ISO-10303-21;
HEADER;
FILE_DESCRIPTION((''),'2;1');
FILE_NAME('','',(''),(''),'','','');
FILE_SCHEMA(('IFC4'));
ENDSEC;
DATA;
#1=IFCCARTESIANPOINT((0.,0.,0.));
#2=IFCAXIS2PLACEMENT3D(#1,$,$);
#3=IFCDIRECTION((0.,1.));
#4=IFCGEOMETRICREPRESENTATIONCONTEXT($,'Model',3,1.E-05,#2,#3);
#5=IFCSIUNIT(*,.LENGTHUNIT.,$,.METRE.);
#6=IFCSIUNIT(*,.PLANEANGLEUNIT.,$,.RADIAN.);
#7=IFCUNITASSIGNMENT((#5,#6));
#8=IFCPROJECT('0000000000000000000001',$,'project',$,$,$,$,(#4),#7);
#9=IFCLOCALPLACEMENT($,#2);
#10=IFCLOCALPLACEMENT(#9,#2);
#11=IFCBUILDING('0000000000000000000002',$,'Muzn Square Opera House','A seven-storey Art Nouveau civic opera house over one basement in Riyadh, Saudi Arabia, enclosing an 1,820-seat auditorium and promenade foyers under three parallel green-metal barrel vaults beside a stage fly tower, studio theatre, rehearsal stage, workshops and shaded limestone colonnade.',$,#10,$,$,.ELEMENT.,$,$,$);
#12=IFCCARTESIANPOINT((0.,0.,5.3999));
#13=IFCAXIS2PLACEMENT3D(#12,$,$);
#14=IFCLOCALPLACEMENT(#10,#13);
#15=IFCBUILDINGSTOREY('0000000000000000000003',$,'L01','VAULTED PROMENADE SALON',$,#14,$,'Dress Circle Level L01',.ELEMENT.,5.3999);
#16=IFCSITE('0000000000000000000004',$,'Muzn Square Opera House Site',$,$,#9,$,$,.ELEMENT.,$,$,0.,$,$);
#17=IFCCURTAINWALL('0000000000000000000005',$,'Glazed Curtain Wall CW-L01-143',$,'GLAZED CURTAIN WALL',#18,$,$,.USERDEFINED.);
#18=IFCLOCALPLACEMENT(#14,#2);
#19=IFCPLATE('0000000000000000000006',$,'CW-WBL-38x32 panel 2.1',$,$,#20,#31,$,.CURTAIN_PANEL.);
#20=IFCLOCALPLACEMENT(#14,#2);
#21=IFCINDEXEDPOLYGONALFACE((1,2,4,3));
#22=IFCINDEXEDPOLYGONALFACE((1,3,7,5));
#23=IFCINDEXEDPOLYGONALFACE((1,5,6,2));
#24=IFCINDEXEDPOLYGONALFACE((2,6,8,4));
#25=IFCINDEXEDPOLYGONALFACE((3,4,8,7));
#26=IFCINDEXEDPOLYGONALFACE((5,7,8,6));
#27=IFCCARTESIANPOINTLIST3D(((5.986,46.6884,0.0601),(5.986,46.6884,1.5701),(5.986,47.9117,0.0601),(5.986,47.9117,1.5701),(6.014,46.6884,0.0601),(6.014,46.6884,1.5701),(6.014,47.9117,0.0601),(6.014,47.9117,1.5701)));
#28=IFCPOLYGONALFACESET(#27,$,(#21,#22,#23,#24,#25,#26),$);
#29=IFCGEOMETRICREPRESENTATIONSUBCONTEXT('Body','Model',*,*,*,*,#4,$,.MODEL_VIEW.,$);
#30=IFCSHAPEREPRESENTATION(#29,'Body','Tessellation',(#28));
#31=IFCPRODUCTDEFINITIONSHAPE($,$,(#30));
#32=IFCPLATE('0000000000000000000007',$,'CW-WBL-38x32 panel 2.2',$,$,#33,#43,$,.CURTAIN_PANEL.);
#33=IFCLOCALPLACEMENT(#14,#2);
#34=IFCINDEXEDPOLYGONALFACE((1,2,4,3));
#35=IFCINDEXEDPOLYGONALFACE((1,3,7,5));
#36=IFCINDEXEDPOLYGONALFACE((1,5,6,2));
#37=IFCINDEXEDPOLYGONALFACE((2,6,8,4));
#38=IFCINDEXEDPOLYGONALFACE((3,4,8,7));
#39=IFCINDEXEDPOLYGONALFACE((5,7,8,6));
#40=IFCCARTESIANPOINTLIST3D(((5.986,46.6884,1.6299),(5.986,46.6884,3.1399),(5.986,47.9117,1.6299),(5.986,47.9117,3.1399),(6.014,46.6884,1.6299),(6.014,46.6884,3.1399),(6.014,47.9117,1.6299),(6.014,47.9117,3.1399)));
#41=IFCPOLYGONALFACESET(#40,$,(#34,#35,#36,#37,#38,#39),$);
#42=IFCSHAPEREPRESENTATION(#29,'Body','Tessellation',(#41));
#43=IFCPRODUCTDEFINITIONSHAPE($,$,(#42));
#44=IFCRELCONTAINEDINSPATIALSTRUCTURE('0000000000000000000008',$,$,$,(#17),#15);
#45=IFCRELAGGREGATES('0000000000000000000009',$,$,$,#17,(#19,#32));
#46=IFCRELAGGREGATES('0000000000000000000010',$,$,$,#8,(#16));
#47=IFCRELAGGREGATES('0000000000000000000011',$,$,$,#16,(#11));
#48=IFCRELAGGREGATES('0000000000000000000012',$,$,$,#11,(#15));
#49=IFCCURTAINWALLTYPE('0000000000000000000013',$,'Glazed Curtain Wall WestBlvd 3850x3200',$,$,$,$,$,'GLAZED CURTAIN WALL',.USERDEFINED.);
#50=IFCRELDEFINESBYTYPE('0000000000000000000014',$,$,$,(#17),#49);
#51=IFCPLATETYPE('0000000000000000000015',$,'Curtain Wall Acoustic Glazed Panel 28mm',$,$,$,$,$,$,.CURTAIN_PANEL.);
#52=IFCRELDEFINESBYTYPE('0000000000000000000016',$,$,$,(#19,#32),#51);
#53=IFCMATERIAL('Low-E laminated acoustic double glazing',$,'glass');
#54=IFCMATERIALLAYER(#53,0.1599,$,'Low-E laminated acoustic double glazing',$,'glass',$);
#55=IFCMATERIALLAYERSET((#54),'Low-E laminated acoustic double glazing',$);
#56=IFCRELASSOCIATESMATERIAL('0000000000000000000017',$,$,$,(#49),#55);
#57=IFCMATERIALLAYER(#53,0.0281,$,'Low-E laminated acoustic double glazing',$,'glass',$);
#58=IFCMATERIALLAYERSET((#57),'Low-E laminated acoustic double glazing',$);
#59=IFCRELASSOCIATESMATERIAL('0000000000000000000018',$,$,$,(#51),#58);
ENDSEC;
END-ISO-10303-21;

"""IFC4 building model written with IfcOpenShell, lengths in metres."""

from ifc_helpers import new_model, si_unit, direction, frame, origin, origin_2d, place, context, subcontext, project, spatial, rectangle, extrude, material, layer, layer_set, type_object, element, aggregate, save


model = new_model("IFC4")

# Units and contexts
model_context = context("Model", 3, precision=1e-05, world=origin(), true_north=direction((0.0, 1.0)))
body_context = subcontext(model_context, "Body", "Model", "MODEL_VIEW")
ifc_project = project(units=[si_unit("LENGTHUNIT", "METRE"), si_unit("PLANEANGLEUNIT", "RADIAN")], contexts=[model_context])

# Site, building, storey
site_placement = place(None, origin())
site = spatial("IfcSite", under=ifc_project, at=site_placement, Name="Muzn Square Opera House Site", CompositionType="ELEMENT", RefElevation=0.0)
building_placement = place(site_placement, origin())
building = spatial("IfcBuilding", under=site, at=building_placement, Name="Muzn Square Opera House", Description="A seven-storey Art Nouveau civic opera house over one basement in Riyadh, Saudi Arabia, enclosing an 1,820-seat auditorium and promenade foyers under three parallel green-metal barrel vaults beside a stage fly tower, studio theatre, rehearsal stage, workshops and shaded limestone colonnade.", CompositionType="ELEMENT")
storey_placement = place(building_placement, frame((0.0, 0.0, 5.3999)))
storey = spatial("IfcBuildingStorey", under=building, at=storey_placement, Name="L01", Description="VAULTED PROMENADE SALON", LongName="Dress Circle Level L01", CompositionType="ELEMENT", Elevation=5.3999)

# Curtain wall
ifc_material_1 = material(Name="Low-E laminated acoustic double glazing", Category="glass")
ifc_layer_1 = layer(ifc_material_1, 0.1599, Name="Low-E laminated acoustic double glazing", Category="glass")
ifc_layer_set_1 = layer_set([ifc_layer_1], Name="Low-E laminated acoustic double glazing")
curtain_wall_type = type_object("IfcCurtainWallType", Name="Glazed Curtain Wall WestBlvd 3850x3200", ElementType="GLAZED CURTAIN WALL", PredefinedType="USERDEFINED", material=ifc_layer_set_1)
curtain_wall_placement = place(storey_placement, origin())
curtain_wall = element("IfcCurtainWall", 1, at=curtain_wall_placement, inside=storey, type_object=curtain_wall_type, Name="Glazed Curtain Wall CW-L01-143", ObjectType="GLAZED CURTAIN WALL", PredefinedType="USERDEFINED")

# Plates
ifc_layer_2 = layer(ifc_material_1, 0.0281, Name="Low-E laminated acoustic double glazing", Category="glass")
ifc_layer_set_2 = layer_set([ifc_layer_2], Name="Low-E laminated acoustic double glazing")
plate_type = type_object("IfcPlateType", Name="Curtain Wall Acoustic Glazed Panel 28mm", PredefinedType="CURTAIN_PANEL", material=ifc_layer_set_2)
plate_1_placement = place(storey_placement, frame((6.0, 47.3, 0.0601), z_axis=(0.0, 0.0, 1.0), x_axis=(0.0, 1.0, 0.0)))
plate_1 = element("IfcPlate", 2, at=plate_1_placement, type_object=plate_type, Name="CW-WBL-38x32 panel 2.1", PredefinedType="CURTAIN_PANEL", context=body_context, shape_type="SweptSolid", body=[
    extrude(rectangle(XDim=1.2234, YDim=0.0281, at=origin_2d()), origin(), (0.0, 0.0, 1.0), 1.51),
])
plate_2_placement = place(storey_placement, frame((6.0, 47.3, 1.6299), z_axis=(0.0, 0.0, 1.0), x_axis=(0.0, 1.0, 0.0)))
plate_2 = element("IfcPlate", 3, at=plate_2_placement, type_object=plate_type, Name="CW-WBL-38x32 panel 2.2", PredefinedType="CURTAIN_PANEL", context=body_context, shape_type="SweptSolid", body=[
    extrude(rectangle(XDim=1.2234, YDim=0.0281, at=origin_2d()), origin(), (0.0, 0.0, 1.0), 1.51),
])
aggregate(curtain_wall, [plate_1, plate_2])

save(model, "model.ifc")
